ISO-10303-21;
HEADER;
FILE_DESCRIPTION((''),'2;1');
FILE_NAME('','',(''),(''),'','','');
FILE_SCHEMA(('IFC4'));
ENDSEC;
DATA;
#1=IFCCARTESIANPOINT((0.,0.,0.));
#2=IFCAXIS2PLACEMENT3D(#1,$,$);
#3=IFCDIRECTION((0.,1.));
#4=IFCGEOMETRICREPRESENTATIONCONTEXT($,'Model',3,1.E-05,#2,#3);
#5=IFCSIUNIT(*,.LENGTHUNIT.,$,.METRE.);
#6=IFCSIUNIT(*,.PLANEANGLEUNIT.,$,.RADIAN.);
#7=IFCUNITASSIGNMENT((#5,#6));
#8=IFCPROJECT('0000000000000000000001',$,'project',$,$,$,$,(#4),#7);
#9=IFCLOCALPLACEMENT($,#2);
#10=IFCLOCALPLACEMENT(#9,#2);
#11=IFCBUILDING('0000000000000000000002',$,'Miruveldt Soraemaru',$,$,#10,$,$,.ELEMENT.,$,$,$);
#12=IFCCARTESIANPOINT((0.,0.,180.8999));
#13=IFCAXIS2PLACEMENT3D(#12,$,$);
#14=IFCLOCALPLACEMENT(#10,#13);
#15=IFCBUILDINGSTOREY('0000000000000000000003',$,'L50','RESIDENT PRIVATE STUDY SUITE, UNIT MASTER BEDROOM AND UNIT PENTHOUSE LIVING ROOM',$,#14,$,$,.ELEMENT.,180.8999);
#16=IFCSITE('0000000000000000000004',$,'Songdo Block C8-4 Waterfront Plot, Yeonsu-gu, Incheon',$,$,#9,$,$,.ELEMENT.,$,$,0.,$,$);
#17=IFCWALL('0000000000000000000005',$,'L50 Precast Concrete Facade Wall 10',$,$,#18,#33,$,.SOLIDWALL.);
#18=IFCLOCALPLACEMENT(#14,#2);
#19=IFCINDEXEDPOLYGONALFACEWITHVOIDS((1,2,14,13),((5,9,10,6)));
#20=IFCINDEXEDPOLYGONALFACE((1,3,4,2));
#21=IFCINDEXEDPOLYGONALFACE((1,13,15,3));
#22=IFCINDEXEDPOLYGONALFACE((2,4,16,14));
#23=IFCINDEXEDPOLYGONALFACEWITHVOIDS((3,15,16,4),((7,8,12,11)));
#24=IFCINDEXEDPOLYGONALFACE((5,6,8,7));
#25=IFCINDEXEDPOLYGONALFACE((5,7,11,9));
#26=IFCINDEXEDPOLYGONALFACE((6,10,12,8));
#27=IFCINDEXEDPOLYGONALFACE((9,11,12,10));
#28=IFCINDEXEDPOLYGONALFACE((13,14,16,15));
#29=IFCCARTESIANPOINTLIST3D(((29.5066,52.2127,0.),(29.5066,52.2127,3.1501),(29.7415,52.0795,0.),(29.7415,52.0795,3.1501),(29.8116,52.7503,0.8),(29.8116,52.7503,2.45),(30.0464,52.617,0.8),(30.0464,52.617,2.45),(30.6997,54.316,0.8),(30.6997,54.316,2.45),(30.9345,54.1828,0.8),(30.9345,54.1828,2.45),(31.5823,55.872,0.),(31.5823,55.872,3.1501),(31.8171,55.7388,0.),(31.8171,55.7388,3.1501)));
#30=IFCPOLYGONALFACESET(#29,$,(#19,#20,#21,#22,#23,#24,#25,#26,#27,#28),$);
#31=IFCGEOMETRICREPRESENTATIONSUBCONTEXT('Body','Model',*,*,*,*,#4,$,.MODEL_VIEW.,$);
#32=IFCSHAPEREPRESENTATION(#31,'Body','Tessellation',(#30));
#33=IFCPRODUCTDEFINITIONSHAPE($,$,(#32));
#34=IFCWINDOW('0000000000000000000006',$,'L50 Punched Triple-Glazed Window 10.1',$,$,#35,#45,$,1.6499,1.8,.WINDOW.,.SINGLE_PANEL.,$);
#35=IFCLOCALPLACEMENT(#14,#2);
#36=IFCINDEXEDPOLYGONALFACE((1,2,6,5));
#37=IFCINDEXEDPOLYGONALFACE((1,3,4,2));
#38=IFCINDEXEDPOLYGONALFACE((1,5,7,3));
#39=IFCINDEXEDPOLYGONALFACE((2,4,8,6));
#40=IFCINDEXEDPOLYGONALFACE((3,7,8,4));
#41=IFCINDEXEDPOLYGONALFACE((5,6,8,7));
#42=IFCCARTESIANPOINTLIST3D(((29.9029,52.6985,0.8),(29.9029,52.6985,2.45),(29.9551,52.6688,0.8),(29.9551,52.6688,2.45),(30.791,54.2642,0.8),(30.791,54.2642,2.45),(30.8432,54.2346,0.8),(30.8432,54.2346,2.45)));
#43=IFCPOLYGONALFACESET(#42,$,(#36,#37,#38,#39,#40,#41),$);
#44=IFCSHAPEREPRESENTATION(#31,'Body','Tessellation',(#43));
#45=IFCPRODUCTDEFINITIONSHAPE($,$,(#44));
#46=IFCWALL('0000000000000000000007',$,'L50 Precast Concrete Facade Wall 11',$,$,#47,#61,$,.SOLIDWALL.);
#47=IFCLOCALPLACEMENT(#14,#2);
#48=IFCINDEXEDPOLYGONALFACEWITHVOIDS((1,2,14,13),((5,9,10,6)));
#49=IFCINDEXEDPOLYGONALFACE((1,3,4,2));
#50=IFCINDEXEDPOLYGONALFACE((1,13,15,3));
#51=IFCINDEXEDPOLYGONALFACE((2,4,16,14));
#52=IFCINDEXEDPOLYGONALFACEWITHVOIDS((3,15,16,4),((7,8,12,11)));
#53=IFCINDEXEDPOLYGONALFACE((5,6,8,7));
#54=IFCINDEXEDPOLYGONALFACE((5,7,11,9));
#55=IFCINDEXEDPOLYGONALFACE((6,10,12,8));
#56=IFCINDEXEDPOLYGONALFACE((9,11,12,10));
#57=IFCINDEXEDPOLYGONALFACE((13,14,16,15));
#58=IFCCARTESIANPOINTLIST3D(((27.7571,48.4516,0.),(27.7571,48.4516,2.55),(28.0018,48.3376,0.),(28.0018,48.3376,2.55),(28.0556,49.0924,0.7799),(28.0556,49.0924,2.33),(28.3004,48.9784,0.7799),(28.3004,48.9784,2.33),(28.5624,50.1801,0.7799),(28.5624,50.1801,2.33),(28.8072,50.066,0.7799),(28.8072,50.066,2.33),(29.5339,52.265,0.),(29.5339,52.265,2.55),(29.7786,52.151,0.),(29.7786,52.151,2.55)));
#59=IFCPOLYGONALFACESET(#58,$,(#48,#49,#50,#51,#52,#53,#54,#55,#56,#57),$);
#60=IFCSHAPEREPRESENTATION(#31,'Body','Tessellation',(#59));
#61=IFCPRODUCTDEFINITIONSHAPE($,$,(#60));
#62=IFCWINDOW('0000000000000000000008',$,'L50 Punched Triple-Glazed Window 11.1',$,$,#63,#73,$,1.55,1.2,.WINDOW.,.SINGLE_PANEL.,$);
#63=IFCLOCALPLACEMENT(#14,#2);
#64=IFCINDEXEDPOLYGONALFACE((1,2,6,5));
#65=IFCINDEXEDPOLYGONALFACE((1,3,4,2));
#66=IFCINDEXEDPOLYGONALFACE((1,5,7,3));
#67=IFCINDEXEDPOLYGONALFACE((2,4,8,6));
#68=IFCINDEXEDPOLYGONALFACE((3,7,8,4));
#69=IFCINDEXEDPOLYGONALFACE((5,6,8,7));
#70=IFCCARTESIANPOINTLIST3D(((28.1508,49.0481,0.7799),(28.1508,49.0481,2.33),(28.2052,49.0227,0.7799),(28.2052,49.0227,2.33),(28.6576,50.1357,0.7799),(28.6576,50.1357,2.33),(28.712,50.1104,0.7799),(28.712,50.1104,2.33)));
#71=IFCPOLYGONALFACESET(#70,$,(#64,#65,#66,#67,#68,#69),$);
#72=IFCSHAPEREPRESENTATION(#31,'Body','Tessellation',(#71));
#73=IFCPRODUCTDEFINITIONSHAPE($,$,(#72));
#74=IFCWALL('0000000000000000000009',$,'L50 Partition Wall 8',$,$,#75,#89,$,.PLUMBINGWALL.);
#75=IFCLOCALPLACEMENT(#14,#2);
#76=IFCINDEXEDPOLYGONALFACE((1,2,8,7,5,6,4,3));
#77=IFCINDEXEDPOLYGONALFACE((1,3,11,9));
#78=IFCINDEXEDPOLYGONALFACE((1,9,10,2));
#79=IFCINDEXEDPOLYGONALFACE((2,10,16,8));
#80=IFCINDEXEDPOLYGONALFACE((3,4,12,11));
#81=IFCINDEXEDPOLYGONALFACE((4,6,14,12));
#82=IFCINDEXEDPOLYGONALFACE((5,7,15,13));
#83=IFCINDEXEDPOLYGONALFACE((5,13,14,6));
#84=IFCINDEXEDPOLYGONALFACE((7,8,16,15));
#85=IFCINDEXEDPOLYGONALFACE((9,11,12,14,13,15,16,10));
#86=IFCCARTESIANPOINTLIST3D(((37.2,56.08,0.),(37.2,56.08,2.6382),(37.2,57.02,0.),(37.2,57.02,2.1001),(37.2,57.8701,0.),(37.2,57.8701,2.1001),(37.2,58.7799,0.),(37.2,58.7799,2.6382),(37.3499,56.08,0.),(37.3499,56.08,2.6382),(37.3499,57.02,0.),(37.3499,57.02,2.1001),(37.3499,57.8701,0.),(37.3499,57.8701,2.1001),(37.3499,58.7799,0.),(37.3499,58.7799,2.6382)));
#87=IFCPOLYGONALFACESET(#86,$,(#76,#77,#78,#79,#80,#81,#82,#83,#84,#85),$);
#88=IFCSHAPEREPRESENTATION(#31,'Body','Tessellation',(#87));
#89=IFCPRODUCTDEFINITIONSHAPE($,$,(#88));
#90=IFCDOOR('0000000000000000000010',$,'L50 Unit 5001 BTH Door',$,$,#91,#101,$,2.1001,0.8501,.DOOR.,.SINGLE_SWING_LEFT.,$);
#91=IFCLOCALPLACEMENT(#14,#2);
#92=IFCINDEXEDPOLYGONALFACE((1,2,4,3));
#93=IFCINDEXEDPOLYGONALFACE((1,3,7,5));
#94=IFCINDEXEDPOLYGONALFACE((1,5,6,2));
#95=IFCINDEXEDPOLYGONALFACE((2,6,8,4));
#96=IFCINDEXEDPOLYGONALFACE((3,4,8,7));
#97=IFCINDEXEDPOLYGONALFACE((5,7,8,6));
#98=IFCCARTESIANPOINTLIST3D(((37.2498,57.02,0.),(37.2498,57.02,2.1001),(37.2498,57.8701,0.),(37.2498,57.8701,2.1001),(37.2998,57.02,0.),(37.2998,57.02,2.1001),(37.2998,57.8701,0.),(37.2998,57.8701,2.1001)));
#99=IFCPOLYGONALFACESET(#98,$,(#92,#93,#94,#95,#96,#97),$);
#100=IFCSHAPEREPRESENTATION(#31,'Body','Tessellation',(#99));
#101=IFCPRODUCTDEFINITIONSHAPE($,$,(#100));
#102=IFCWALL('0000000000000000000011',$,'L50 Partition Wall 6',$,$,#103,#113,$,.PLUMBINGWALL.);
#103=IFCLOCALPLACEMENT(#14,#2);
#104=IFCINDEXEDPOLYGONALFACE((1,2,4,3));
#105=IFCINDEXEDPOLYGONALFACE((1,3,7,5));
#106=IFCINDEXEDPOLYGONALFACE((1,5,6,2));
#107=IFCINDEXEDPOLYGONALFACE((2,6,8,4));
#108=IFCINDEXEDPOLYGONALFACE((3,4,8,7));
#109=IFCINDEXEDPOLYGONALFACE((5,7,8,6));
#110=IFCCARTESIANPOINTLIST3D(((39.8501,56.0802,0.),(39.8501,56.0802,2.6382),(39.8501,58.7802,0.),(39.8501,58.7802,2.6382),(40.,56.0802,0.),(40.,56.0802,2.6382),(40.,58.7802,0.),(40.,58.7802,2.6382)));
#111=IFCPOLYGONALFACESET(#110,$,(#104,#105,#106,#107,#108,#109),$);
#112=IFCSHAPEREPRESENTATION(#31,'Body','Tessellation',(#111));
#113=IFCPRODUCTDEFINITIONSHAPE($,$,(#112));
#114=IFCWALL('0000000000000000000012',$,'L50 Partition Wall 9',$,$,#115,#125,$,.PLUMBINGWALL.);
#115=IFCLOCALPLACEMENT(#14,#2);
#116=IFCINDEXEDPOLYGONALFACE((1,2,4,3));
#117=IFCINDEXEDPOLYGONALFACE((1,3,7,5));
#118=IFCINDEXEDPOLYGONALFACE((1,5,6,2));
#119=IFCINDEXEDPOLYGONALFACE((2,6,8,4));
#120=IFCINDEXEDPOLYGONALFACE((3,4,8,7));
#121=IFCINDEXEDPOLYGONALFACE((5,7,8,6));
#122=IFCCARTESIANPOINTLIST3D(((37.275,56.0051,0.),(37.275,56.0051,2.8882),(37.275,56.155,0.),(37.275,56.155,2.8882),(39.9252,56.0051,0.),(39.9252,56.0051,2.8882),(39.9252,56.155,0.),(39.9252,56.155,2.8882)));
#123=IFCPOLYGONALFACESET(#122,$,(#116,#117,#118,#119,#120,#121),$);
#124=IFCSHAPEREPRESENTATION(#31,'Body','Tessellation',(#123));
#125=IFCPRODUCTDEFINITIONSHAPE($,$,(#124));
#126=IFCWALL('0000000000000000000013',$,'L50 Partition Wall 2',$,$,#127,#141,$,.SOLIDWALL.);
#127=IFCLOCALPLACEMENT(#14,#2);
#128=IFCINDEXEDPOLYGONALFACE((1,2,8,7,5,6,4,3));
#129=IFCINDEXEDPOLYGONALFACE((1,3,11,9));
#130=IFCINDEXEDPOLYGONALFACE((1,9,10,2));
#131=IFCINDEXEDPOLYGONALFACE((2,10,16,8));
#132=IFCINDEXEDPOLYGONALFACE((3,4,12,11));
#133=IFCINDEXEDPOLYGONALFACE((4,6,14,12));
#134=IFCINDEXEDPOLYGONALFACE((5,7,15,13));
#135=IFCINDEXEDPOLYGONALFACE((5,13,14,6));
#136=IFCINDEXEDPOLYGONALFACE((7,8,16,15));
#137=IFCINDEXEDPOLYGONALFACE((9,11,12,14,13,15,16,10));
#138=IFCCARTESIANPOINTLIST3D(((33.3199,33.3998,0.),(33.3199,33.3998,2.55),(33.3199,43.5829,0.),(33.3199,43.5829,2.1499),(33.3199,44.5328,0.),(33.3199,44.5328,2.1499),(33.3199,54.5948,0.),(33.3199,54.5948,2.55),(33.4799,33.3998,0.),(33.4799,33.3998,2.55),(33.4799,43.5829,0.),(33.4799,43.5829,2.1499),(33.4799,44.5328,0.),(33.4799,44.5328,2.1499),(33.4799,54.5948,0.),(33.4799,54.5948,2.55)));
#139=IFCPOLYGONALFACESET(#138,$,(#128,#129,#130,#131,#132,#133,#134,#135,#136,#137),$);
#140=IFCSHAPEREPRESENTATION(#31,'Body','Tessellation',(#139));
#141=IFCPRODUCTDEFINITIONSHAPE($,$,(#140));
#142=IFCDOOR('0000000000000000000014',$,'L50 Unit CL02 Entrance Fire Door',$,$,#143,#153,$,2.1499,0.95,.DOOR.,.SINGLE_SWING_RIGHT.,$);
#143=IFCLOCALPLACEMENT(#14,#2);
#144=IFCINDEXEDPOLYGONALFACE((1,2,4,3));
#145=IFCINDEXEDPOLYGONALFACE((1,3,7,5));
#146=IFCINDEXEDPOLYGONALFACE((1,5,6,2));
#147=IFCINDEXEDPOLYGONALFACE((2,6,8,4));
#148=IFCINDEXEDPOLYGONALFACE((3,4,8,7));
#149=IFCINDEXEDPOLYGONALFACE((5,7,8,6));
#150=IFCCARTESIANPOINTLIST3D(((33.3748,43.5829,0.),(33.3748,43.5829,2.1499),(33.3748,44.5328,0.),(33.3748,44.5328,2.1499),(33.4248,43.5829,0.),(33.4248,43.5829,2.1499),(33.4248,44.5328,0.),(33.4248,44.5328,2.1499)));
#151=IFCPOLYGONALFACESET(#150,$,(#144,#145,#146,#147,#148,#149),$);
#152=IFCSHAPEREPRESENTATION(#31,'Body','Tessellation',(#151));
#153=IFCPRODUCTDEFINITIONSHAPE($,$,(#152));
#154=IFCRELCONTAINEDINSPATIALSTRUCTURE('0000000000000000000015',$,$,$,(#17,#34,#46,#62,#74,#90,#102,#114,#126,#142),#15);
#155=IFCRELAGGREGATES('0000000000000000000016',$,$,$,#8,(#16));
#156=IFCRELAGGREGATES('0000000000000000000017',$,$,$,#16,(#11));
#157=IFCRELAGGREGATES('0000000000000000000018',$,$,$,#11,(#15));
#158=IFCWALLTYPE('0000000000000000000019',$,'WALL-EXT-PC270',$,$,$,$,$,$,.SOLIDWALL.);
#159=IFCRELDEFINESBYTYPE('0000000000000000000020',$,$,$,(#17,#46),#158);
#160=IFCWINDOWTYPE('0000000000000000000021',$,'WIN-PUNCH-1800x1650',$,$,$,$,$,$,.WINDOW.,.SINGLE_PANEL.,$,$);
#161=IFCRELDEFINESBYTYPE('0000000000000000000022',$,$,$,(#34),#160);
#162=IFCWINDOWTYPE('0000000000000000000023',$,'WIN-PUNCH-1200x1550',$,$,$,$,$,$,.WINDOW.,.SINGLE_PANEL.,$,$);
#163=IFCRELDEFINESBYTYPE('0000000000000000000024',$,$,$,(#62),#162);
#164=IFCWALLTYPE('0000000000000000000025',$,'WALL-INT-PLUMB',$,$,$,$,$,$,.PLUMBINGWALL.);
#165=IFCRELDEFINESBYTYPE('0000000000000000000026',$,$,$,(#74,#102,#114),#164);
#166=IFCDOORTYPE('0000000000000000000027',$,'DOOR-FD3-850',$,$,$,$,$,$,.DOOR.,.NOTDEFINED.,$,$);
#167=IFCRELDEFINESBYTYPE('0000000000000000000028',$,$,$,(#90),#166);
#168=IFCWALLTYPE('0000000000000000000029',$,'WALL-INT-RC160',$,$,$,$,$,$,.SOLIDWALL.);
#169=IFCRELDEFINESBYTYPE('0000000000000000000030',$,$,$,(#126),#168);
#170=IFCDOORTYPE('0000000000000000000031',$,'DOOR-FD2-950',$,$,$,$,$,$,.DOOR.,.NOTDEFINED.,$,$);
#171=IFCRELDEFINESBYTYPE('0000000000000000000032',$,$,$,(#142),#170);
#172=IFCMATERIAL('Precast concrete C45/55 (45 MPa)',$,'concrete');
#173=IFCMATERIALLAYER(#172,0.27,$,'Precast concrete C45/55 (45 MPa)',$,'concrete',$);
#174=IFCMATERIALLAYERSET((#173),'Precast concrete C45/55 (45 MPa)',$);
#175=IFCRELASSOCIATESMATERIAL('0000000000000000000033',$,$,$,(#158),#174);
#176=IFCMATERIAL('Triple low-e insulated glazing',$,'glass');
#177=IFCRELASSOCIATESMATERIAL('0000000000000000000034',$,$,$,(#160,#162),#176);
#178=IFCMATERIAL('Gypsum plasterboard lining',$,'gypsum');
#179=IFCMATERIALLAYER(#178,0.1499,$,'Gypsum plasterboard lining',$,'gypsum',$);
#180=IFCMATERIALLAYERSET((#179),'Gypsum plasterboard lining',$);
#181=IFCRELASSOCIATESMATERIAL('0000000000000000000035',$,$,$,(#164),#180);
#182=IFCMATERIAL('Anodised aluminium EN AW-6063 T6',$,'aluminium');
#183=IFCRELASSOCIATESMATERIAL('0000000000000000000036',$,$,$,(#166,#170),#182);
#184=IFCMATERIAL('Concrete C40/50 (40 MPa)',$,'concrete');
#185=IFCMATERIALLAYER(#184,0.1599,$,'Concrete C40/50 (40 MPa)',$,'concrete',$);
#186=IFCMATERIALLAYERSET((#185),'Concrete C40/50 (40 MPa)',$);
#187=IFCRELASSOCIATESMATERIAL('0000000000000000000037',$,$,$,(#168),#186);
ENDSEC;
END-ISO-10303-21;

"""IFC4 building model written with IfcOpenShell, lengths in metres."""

from ifc_helpers import new_model, si_unit, direction, frame, frame_2d, origin, place, context, subcontext, project, spatial, rectangle, extrude, material, layer, layer_set, type_object, element, fill, save


model = new_model("IFC4")

# Units and contexts
model_context = context("Model", 3, precision=1e-05, world=origin(), true_north=direction((0.0, 1.0)))
body_context = subcontext(model_context, "Body", "Model", "MODEL_VIEW")
ifc_project = project(units=[si_unit("LENGTHUNIT", "METRE"), si_unit("PLANEANGLEUNIT", "RADIAN")], contexts=[model_context])

# Site, building, storey
site_placement = place(None, origin())
site = spatial("IfcSite", under=ifc_project, at=site_placement, Name="Songdo Block C8-4 Waterfront Plot, Yeonsu-gu, Incheon", CompositionType="ELEMENT", RefElevation=0.0)
building_placement = place(site_placement, origin())
building = spatial("IfcBuilding", under=site, at=building_placement, Name="Miruveldt Soraemaru", CompositionType="ELEMENT")
storey_placement = place(building_placement, frame((0.0, 0.0, 180.8999)))
storey = spatial("IfcBuildingStorey", under=building, at=storey_placement, Name="L50", Description="RESIDENT PRIVATE STUDY SUITE, UNIT MASTER BEDROOM AND UNIT PENTHOUSE LIVING ROOM", CompositionType="ELEMENT", Elevation=180.8999)

# Walls, openings, windows
ifc_material_1 = material(Name="Precast concrete C45/55 (45 MPa)", Category="concrete")
ifc_layer_1 = layer(ifc_material_1, 0.27, Name="Precast concrete C45/55 (45 MPa)", Category="concrete")
ifc_layer_set_1 = layer_set([ifc_layer_1], Name="Precast concrete C45/55 (45 MPa)")
wall_type_1 = type_object("IfcWallType", Name="WALL-EXT-PC270", PredefinedType="SOLIDWALL", material=ifc_layer_set_1)
wall_1_placement = place(storey_placement, frame((31.6997, 55.8054, 0.0), z_axis=(0.0, 0.0, 1.0), x_axis=(-0.493374, -0.869817, 0.0)))
wall_1 = element("IfcWall", 1, at=wall_1_placement, inside=storey, type_object=wall_type_1, Name="L50 Precast Concrete Facade Wall 10", PredefinedType="SOLIDWALL", context=body_context, shape_type="SweptSolid", body=[
    extrude(rectangle(XDim=4.207, YDim=0.27, at=frame_2d((2.1035, 0.0))), origin(), (0.0, 0.0, 1.0), 3.1501),
])
opening_1_placement = place(wall_1_placement, frame((1.7891, 0.0, 0.8)))
opening_1 = element("IfcOpeningElement", 2, at=opening_1_placement, cuts=wall_1, PredefinedType="OPENING", context=body_context, shape_type="SweptSolid", body=[
    extrude(rectangle(XDim=1.8, YDim=1.6499, at=frame_2d((0.8999, 0.825))), frame((0.0, 0.145, 0.0), z_axis=(0.0, -1.0, 0.0), x_axis=(1.0, 0.0, 0.0)), (0.0, 0.0, 1.0), 0.29),
])
ifc_material_2 = material(Name="Triple low-e insulated glazing", Category="glass")
window_type_1 = type_object("IfcWindowType", Name="WIN-PUNCH-1800x1650", PartitioningType="SINGLE_PANEL", PredefinedType="WINDOW", material=ifc_material_2)
window_1_placement = place(opening_1_placement, origin())
window_1 = element("IfcWindow", 3, at=window_1_placement, inside=storey, type_object=window_type_1, Name="L50 Punched Triple-Glazed Window 10.1", OverallHeight=1.6499, OverallWidth=1.8, PartitioningType="SINGLE_PANEL", PredefinedType="WINDOW", context=body_context, shape_type="SweptSolid", body=[
    extrude(rectangle(XDim=1.8, YDim=1.6499, at=frame_2d((0.8999, 0.825))), frame((0.0, 0.03, 0.0), z_axis=(0.0, -1.0, 0.0), x_axis=(1.0, 0.0, 0.0)), (0.0, 0.0, 1.0), 0.0601),
])
fill(opening_1, window_1)
wall_2_placement = place(storey_placement, frame((29.6562, 52.208, 0.0), z_axis=(0.0, 0.0, 1.0), x_axis=(-0.422345, -0.906435, 0.0)))
wall_2 = element("IfcWall", 4, at=wall_2_placement, inside=storey, type_object=wall_type_1, Name="L50 Precast Concrete Facade Wall 11", PredefinedType="SOLIDWALL", context=body_context, shape_type="SweptSolid", body=[
    extrude(rectangle(XDim=4.207, YDim=0.27, at=frame_2d((2.1035, 0.0))), origin(), (0.0, 0.0, 1.0), 2.55),
])
opening_2_placement = place(wall_2_placement, frame((2.3, 0.0, 0.78)))
opening_2 = element("IfcOpeningElement", 5, at=opening_2_placement, cuts=wall_2, PredefinedType="OPENING", context=body_context, shape_type="SweptSolid", body=[
    extrude(rectangle(XDim=1.2, YDim=1.55, at=frame_2d((0.6001, 0.7749))), frame((0.0, 0.145, 0.0), z_axis=(0.0, -1.0, 0.0), x_axis=(1.0, 0.0, 0.0)), (0.0, 0.0, 1.0), 0.29),
])
window_type_2 = type_object("IfcWindowType", Name="WIN-PUNCH-1200x1550", PartitioningType="SINGLE_PANEL", PredefinedType="WINDOW", material=ifc_material_2)
window_2_placement = place(opening_2_placement, origin())
window_2 = element("IfcWindow", 6, at=window_2_placement, inside=storey, type_object=window_type_2, Name="L50 Punched Triple-Glazed Window 11.1", OverallHeight=1.55, OverallWidth=1.2, PartitioningType="SINGLE_PANEL", PredefinedType="WINDOW", context=body_context, shape_type="SweptSolid", body=[
    extrude(rectangle(XDim=1.2, YDim=1.55, at=frame_2d((0.6001, 0.7749))), frame((0.0, 0.03, 0.0), z_axis=(0.0, -1.0, 0.0), x_axis=(1.0, 0.0, 0.0)), (0.0, 0.0, 1.0), 0.0601),
])
fill(opening_2, window_2)

# Wall, opening, door
ifc_material_3 = material(Name="Gypsum plasterboard lining", Category="gypsum")
ifc_layer_2 = layer(ifc_material_3, 0.1499, Name="Gypsum plasterboard lining", Category="gypsum")
ifc_layer_set_2 = layer_set([ifc_layer_2], Name="Gypsum plasterboard lining")
wall_type_2 = type_object("IfcWallType", Name="WALL-INT-PLUMB", PredefinedType="PLUMBINGWALL", material=ifc_layer_set_2)
wall_3_placement = place(storey_placement, frame((37.2749, 58.78, 0.0), z_axis=(0.0, 0.0, 1.0), x_axis=(0.0, -1.0, 0.0)))
wall_3 = element("IfcWall", 7, at=wall_3_placement, inside=storey, type_object=wall_type_2, Name="L50 Partition Wall 8", PredefinedType="PLUMBINGWALL", context=body_context, shape_type="SweptSolid", body=[
    extrude(rectangle(XDim=2.7, YDim=0.1499, at=frame_2d((1.3501, 0.0))), origin(), (0.0, 0.0, 1.0), 2.6382),
])
opening_3_placement = place(wall_3_placement, frame((0.9099, 0.0, 0.0)))
opening_3 = element("IfcOpeningElement", 8, at=opening_3_placement, cuts=wall_3, PredefinedType="OPENING", context=body_context, shape_type="SweptSolid", body=[
    extrude(rectangle(XDim=0.8501, YDim=2.1001, at=frame_2d((0.425, 1.05))), frame((0.0, 0.085, 0.0), z_axis=(0.0, -1.0, 0.0), x_axis=(1.0, 0.0, 0.0)), (0.0, 0.0, 1.0), 0.1699),
])
ifc_material_4 = material(Name="Anodised aluminium EN AW-6063 T6", Category="aluminium")
door_type_1 = type_object("IfcDoorType", Name="DOOR-FD3-850", OperationType="NOTDEFINED", PredefinedType="DOOR", material=ifc_material_4)
door_1_placement = place(opening_3_placement, origin())
door_1 = element("IfcDoor", 9, at=door_1_placement, inside=storey, type_object=door_type_1, Name="L50 Unit 5001 BTH Door", OperationType="SINGLE_SWING_LEFT", OverallHeight=2.1001, OverallWidth=0.8501, PredefinedType="DOOR", context=body_context, shape_type="SweptSolid", body=[
    extrude(rectangle(XDim=0.8501, YDim=2.1001, at=frame_2d((0.425, 1.05))), frame((0.0, 0.0249, 0.0), z_axis=(0.0, -1.0, 0.0), x_axis=(1.0, 0.0, 0.0)), (0.0, 0.0, 1.0), 0.05),
])
fill(opening_3, door_1)

# Walls
wall_4_placement = place(storey_placement, frame((39.925, 56.0801, 0.0), z_axis=(0.0, 0.0, 1.0), x_axis=(0.0, 1.0, 0.0)))
element("IfcWall", 10, at=wall_4_placement, inside=storey, type_object=wall_type_2, Name="L50 Partition Wall 6", PredefinedType="PLUMBINGWALL", context=body_context, shape_type="SweptSolid", body=[
    extrude(rectangle(XDim=2.7, YDim=0.1499, at=frame_2d((1.3501, 0.0))), origin(), (0.0, 0.0, 1.0), 2.6382),
])
wall_5_placement = place(storey_placement, frame((37.2749, 56.0801, 0.0), z_axis=(0.0, 0.0, 1.0), x_axis=(1.0, 0.0, 0.0)))
element("IfcWall", 11, at=wall_5_placement, inside=storey, type_object=wall_type_2, Name="L50 Partition Wall 9", PredefinedType="PLUMBINGWALL", context=body_context, shape_type="SweptSolid", body=[
    extrude(rectangle(XDim=2.6501, YDim=0.1499, at=frame_2d((1.3252, 0.0))), origin(), (0.0, 0.0, 1.0), 2.8882),
])

# Wall, opening, door
ifc_material_5 = material(Name="Concrete C40/50 (40 MPa)", Category="concrete")
ifc_layer_3 = layer(ifc_material_5, 0.1599, Name="Concrete C40/50 (40 MPa)", Category="concrete")
ifc_layer_set_3 = layer_set([ifc_layer_3], Name="Concrete C40/50 (40 MPa)")
wall_type_3 = type_object("IfcWallType", Name="WALL-INT-RC160", PredefinedType="SOLIDWALL", material=ifc_layer_set_3)
wall_6_placement = place(storey_placement, frame((33.3999, 54.595, 0.0), z_axis=(0.0, 0.0, 1.0), x_axis=(0.0, -1.0, 0.0)))
wall_6 = element("IfcWall", 12, at=wall_6_placement, inside=storey, type_object=wall_type_3, Name="L50 Partition Wall 2", PredefinedType="SOLIDWALL", context=body_context, shape_type="SweptSolid", body=[
    extrude(rectangle(XDim=21.1951, YDim=0.1599, at=frame_2d((10.5977, 0.0))), origin(), (0.0, 0.0, 1.0), 2.55),
])
opening_4_placement = place(wall_6_placement, frame((10.062, 0.0, 0.0)))
opening_4 = element("IfcOpeningElement", 13, at=opening_4_placement, cuts=wall_6, PredefinedType="OPENING", context=body_context, shape_type="SweptSolid", body=[
    extrude(rectangle(XDim=0.95, YDim=2.1499, at=frame_2d((0.4751, 1.075))), frame((0.0, 0.0898, 0.0), z_axis=(0.0, -1.0, 0.0), x_axis=(1.0, 0.0, 0.0)), (0.0, 0.0, 1.0), 0.1799),
])
door_type_2 = type_object("IfcDoorType", Name="DOOR-FD2-950", OperationType="NOTDEFINED", PredefinedType="DOOR", material=ifc_material_4)
door_2_placement = place(opening_4_placement, origin())
door_2 = element("IfcDoor", 14, at=door_2_placement, inside=storey, type_object=door_type_2, Name="L50 Unit CL02 Entrance Fire Door", OperationType="SINGLE_SWING_RIGHT", OverallHeight=2.1499, OverallWidth=0.95, PredefinedType="DOOR", context=body_context, shape_type="SweptSolid", body=[
    extrude(rectangle(XDim=0.95, YDim=2.1499, at=frame_2d((0.4751, 1.075))), frame((0.0, 0.0249, 0.0), z_axis=(0.0, -1.0, 0.0), x_axis=(1.0, 0.0, 0.0)), (0.0, 0.0, 1.0), 0.05),
])
fill(opening_4, door_2)

save(model, "model.ifc")
